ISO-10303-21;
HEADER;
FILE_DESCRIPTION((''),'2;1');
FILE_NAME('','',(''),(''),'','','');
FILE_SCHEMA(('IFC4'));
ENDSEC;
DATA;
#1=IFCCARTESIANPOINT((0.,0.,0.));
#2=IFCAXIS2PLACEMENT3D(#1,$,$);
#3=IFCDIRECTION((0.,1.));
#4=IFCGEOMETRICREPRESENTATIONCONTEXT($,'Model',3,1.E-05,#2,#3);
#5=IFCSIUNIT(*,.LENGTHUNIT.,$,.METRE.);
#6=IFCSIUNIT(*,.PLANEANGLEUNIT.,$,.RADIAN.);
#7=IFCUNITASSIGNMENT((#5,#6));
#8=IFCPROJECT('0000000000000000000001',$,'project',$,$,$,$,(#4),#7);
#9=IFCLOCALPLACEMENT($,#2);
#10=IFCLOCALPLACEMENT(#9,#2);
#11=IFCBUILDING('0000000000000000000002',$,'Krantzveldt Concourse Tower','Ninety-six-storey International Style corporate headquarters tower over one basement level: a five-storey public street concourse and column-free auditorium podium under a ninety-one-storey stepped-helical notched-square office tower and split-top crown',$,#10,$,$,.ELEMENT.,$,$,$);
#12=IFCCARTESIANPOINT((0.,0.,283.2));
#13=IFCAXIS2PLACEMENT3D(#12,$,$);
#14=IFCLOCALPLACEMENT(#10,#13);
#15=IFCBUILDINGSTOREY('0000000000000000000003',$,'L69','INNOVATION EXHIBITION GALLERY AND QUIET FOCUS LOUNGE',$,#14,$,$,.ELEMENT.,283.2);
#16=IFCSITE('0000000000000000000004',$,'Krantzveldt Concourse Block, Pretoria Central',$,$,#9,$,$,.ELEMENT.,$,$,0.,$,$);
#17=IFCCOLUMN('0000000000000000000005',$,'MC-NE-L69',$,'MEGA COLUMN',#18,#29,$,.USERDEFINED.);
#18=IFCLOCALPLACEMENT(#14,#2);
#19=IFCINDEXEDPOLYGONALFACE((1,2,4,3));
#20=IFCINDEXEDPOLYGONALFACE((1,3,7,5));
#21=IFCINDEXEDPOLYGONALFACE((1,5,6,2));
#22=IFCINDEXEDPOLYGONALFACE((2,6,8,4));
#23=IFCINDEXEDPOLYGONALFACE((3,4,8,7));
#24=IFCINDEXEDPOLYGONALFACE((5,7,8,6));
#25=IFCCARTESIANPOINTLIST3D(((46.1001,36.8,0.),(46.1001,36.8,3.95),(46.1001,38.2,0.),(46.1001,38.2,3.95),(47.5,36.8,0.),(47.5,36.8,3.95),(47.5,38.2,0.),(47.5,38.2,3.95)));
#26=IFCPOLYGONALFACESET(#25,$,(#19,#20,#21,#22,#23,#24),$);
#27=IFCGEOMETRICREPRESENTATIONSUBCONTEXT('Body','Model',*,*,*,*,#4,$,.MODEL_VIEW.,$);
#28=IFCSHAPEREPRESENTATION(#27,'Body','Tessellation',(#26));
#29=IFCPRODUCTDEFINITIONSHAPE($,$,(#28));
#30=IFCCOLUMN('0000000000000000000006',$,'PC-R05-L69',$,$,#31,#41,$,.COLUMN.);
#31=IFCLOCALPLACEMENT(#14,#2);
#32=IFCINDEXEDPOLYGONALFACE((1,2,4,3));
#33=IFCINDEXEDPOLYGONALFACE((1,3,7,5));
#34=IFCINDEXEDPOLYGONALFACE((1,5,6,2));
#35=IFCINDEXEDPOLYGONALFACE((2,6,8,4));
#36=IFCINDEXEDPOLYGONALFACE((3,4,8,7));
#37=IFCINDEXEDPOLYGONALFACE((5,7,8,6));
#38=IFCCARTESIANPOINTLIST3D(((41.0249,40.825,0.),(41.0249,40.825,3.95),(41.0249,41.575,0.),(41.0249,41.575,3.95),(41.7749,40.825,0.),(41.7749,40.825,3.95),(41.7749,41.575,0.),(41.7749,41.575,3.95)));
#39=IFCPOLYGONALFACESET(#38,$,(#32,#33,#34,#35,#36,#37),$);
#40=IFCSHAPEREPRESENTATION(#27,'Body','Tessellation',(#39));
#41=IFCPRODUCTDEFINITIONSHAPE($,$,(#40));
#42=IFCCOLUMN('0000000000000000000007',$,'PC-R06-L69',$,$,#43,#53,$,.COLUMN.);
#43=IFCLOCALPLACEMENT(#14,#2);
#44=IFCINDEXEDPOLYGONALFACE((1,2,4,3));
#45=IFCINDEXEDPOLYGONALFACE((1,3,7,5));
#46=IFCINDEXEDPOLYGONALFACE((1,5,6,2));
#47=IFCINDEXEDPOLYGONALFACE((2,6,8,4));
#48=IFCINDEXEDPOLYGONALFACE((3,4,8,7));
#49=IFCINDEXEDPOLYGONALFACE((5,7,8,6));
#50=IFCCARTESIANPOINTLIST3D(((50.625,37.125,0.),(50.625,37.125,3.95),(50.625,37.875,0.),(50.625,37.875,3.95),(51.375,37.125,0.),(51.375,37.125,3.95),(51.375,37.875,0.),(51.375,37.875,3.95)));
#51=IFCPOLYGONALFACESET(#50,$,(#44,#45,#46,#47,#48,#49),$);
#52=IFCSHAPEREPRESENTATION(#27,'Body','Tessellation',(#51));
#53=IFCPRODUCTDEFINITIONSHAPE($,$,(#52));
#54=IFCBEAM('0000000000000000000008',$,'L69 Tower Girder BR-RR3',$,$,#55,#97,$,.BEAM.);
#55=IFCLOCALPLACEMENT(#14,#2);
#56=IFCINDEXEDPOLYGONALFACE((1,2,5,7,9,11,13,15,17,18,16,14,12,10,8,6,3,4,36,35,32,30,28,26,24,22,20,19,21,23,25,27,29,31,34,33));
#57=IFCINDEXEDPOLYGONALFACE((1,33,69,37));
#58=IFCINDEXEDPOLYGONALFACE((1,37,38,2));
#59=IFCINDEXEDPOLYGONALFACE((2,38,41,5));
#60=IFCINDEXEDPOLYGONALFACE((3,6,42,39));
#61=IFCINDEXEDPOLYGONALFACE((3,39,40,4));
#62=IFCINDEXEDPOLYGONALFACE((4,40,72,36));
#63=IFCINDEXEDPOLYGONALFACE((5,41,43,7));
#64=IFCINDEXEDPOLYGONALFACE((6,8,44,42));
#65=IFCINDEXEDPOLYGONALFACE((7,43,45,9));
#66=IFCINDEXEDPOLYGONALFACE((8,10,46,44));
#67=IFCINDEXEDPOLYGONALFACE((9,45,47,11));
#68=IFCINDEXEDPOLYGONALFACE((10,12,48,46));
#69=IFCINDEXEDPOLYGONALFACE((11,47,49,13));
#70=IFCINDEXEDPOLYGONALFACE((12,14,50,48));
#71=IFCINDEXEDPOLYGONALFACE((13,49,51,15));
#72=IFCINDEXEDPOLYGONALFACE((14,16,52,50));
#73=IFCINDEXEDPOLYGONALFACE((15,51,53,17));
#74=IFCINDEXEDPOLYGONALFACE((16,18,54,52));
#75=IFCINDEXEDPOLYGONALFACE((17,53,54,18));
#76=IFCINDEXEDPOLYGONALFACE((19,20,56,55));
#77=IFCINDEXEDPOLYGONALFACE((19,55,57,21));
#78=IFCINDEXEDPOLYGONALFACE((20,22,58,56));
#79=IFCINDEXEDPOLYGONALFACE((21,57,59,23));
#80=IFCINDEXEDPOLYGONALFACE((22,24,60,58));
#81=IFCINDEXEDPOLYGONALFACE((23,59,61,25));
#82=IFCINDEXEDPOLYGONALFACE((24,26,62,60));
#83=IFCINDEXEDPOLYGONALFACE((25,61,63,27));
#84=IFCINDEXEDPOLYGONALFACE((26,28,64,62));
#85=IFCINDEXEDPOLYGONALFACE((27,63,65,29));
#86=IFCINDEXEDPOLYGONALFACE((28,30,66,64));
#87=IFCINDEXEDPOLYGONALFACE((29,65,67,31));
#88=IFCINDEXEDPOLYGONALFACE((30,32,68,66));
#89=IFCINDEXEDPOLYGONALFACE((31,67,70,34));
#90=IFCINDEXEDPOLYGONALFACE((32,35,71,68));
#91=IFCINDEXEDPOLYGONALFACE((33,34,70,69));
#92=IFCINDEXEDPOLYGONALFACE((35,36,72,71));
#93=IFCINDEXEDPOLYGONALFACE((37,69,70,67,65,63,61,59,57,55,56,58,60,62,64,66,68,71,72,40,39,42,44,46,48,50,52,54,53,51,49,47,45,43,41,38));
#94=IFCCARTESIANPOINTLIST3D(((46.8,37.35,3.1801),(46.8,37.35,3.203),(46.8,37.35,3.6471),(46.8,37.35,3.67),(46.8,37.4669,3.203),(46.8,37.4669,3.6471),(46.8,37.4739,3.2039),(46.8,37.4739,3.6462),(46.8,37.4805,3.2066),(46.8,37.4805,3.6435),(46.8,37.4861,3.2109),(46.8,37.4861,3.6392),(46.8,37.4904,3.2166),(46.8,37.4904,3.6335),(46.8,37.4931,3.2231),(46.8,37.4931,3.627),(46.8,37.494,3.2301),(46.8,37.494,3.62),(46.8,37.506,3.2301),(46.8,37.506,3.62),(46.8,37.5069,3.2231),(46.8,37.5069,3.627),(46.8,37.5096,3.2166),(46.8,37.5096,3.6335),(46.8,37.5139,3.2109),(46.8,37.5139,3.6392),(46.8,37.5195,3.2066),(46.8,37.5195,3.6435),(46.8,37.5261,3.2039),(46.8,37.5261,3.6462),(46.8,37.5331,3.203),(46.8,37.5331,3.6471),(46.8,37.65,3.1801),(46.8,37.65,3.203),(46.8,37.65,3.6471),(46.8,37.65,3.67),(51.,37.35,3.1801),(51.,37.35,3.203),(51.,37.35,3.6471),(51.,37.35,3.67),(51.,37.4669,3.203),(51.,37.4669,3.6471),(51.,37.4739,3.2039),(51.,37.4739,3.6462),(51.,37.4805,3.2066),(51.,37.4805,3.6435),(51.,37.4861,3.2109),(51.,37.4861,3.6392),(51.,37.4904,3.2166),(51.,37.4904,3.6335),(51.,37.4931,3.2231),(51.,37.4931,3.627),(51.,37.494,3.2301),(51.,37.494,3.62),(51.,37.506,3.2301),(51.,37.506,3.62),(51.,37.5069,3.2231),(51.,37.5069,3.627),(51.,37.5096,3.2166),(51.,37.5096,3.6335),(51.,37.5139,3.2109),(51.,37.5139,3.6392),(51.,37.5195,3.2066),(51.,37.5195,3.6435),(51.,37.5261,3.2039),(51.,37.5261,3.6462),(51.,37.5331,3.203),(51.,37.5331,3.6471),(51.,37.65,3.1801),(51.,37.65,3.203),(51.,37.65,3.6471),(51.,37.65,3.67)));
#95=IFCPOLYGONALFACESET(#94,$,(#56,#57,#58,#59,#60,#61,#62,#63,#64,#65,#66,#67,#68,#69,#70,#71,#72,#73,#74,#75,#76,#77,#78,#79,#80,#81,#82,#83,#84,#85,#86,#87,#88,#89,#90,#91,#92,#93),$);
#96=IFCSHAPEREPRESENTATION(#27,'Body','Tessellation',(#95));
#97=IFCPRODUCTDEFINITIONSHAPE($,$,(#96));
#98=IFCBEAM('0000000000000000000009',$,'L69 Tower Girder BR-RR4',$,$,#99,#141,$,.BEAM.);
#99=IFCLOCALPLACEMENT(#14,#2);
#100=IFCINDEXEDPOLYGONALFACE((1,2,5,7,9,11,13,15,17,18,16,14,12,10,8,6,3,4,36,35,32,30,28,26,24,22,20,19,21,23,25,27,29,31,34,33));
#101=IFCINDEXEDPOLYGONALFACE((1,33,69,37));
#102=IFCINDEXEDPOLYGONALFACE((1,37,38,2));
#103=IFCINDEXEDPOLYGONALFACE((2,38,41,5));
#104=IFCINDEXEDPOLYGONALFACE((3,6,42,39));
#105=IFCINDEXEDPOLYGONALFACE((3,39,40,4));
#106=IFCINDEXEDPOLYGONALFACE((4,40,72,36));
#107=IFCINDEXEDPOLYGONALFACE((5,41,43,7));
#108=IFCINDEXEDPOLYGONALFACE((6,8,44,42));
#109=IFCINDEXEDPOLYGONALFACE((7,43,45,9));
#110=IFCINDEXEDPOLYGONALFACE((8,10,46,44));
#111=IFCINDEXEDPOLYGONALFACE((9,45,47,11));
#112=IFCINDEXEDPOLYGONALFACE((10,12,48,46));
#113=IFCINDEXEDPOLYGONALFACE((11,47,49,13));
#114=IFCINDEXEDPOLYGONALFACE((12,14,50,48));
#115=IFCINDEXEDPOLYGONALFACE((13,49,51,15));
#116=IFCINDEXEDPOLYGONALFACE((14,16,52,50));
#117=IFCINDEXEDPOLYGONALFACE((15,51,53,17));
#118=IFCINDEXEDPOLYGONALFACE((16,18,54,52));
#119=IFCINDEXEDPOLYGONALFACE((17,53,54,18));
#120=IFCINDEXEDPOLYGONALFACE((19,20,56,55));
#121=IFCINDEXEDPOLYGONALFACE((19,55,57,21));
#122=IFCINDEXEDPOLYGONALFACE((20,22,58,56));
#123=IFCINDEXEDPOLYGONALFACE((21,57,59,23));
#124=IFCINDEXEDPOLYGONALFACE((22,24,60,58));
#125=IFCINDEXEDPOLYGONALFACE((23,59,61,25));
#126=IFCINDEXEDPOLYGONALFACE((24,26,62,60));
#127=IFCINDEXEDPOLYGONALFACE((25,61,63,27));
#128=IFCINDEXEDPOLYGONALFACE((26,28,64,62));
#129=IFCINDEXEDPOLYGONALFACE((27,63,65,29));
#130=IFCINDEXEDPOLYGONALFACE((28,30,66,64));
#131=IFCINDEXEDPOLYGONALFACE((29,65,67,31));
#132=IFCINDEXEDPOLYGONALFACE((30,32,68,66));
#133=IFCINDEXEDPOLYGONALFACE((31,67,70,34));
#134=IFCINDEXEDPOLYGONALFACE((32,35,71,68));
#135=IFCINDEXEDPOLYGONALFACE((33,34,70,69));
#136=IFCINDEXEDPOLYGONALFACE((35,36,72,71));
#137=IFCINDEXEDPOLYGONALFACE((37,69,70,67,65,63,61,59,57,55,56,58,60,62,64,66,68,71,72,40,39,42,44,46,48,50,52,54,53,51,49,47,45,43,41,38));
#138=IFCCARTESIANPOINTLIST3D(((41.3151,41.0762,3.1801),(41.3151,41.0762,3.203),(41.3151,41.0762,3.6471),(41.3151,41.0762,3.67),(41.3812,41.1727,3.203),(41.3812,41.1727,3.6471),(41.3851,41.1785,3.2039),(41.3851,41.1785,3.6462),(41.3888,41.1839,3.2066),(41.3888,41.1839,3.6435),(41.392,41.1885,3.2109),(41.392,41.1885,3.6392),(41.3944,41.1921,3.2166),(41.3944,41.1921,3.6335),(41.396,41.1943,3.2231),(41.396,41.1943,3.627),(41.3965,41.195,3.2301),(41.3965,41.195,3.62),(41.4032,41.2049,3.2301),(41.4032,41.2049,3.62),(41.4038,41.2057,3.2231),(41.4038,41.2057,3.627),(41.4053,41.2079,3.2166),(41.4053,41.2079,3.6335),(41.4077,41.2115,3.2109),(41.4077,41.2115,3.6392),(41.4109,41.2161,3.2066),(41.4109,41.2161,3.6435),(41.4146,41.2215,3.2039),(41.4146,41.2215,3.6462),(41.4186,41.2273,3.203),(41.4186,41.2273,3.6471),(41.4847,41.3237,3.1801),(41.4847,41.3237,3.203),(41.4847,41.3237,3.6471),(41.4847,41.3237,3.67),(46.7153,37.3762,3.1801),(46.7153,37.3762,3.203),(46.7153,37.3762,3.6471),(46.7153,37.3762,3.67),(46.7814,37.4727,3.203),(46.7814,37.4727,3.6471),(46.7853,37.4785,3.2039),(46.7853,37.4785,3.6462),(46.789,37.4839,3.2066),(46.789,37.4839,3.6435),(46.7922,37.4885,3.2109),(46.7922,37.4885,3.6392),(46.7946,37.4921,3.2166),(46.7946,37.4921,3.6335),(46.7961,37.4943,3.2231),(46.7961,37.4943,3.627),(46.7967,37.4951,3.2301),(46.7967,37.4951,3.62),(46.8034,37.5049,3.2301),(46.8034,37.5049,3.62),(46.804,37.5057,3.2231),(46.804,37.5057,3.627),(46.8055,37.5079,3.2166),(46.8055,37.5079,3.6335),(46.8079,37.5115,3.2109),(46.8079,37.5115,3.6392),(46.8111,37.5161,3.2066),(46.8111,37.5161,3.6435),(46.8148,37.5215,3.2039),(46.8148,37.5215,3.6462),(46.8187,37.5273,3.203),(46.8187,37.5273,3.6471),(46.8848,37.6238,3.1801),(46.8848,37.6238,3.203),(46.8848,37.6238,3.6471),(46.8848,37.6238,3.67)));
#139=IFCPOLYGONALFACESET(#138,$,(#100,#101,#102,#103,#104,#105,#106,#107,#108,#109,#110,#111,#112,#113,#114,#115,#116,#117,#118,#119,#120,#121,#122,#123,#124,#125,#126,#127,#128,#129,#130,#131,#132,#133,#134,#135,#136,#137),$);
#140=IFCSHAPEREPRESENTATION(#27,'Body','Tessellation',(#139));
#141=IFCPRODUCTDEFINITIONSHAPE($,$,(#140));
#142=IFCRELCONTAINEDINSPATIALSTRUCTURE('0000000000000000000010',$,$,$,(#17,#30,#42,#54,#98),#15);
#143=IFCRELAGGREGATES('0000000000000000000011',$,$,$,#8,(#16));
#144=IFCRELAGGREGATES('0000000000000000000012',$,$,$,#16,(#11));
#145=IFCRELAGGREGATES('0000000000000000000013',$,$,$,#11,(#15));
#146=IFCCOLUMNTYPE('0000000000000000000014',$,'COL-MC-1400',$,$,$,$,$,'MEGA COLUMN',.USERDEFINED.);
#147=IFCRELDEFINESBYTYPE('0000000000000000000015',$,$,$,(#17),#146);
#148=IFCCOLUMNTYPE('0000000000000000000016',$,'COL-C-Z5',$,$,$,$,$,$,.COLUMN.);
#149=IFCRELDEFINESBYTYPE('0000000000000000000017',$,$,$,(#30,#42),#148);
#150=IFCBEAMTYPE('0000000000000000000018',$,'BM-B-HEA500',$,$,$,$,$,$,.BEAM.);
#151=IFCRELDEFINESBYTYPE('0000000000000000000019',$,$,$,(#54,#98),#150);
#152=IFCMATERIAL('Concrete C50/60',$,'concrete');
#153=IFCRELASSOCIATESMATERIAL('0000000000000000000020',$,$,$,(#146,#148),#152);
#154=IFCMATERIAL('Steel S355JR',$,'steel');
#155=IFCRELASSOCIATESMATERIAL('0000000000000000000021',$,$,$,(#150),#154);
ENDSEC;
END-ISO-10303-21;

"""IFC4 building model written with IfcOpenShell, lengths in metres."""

from ifc_helpers import new_model, si_unit, direction, frame, origin, origin_2d, place, context, subcontext, project, spatial, rectangle, i_section, extrude, source, transform, mapped, material, material_profile, profile_set, type_object, type_shapes, element, save


model = new_model("IFC4")

# Units and contexts
model_context = context("Model", 3, precision=1e-05, world=origin(), true_north=direction((0.0, 1.0)))
body_context = subcontext(model_context, "Body", "Model", "MODEL_VIEW")
ifc_project = project(units=[si_unit("LENGTHUNIT", "METRE"), si_unit("PLANEANGLEUNIT", "RADIAN")], contexts=[model_context])

# Site, building, storey
site_placement = place(None, origin())
site = spatial("IfcSite", under=ifc_project, at=site_placement, Name="Krantzveldt Concourse Block, Pretoria Central", CompositionType="ELEMENT", RefElevation=0.0)
building_placement = place(site_placement, origin())
building = spatial("IfcBuilding", under=site, at=building_placement, Name="Krantzveldt Concourse Tower", Description="Ninety-six-storey International Style corporate headquarters tower over one basement level: a five-storey public street concourse and column-free auditorium podium under a ninety-one-storey stepped-helical notched-square office tower and split-top crown", CompositionType="ELEMENT")
storey_placement = place(building_placement, frame((0.0, 0.0, 283.2)))
storey = spatial("IfcBuildingStorey", under=building, at=storey_placement, Name="L69", Description="INNOVATION EXHIBITION GALLERY AND QUIET FOCUS LOUNGE", CompositionType="ELEMENT", Elevation=283.2)

# Columns
ifc_material_1 = material(Name="Concrete C50/60", Category="concrete")
ifc_material_profile_1 = material_profile(ifc_material_1, rectangle(XDim=1.3999, YDim=1.3999, at=origin_2d()), Name="Concrete C50/60", Category="concrete")
ifc_profile_set_1 = profile_set([ifc_material_profile_1], Name="Concrete C50/60 - RC 1400x1400")
column_type_1 = type_object("IfcColumnType", Name="COL-MC-1400", ElementType="MEGA COLUMN", PredefinedType="USERDEFINED", material=ifc_profile_set_1)
shared_shape_1 = source(origin(), body_context, "Body", "SweptSolid", [
    extrude(rectangle(XDim=1.3999, YDim=1.3999, at=origin_2d()), origin(), (0.0, 0.0, 1.0), 3.95),
])
type_shapes(column_type_1, [shared_shape_1])
column_placement = place(storey_placement, frame((46.8, 37.5, 0.0), z_axis=(0.0, 0.0, 1.0), x_axis=(1.0, 0.0, 0.0)))
element("IfcColumn", 1, at=column_placement, inside=storey, type_object=column_type_1, Name="MC-NE-L69", ObjectType="MEGA COLUMN", PredefinedType="USERDEFINED", context=body_context, shape_type="MappedRepresentation", body=[
    mapped(shared_shape_1, transform((0.0, 0.0, 0.0), x_axis=(1.0, 0.0, 0.0), y_axis=(0.0, 1.0, 0.0), z_axis=(0.0, 0.0, 1.0), scale=1.0)),
])
ifc_material_profile_2 = material_profile(ifc_material_1, rectangle(XDim=0.75, YDim=0.75, at=origin_2d()), Name="Concrete C50/60", Category="concrete")
ifc_profile_set_2 = profile_set([ifc_material_profile_2], Name="Concrete C50/60 - RC 750x750")
column_type_2 = type_object("IfcColumnType", Name="COL-C-Z5", PredefinedType="COLUMN", material=ifc_profile_set_2)
shared_shape_2 = source(origin(), body_context, "Body", "SweptSolid", [
    extrude(rectangle(XDim=0.75, YDim=0.75, at=origin_2d()), origin(), (0.0, 0.0, 1.0), 3.95),
])
type_shapes(column_type_2, [shared_shape_2])
for number, where, z_axis, x_axis, name in (
    (2, (41.3999, 41.2, 0.0), (0.0, 0.0, 1.0), (1.0, 0.0, 0.0), "PC-R05-L69"),
    (3, (51.0, 37.5, 0.0), (0.0, 0.0, 1.0), (1.0, 0.0, 0.0), "PC-R06-L69"),
):
    element("IfcColumn", number, at=place(storey_placement, frame(where, z_axis=z_axis, x_axis=x_axis)), inside=storey, type_object=column_type_2, Name=name, PredefinedType="COLUMN", context=body_context, shape_type="MappedRepresentation", body=[
        mapped(shared_shape_2, transform((0.0, 0.0, 0.0), x_axis=(1.0, 0.0, 0.0), y_axis=(0.0, 1.0, 0.0), z_axis=(0.0, 0.0, 1.0), scale=1.0)),
    ])

# Beams
ifc_material_2 = material(Name="Steel S355JR", Category="steel")
ifc_material_profile_3 = material_profile(ifc_material_2, i_section(OverallWidth=0.3, OverallDepth=0.49, WebThickness=0.012, FlangeThickness=0.0229, FilletRadius=0.0271, at=origin_2d()), Name="Steel S355JR", Category="steel")
ifc_profile_set_3 = profile_set([ifc_material_profile_3], Name="Steel S355JR - HEA 500")
beam_type_1 = type_object("IfcBeamType", Name="BM-B-HEA500", PredefinedType="BEAM", material=ifc_profile_set_3)
shared_shape_3 = source(origin(), body_context, "Body", "SweptSolid", [
    extrude(i_section(OverallWidth=0.3, OverallDepth=0.49, WebThickness=0.012, FlangeThickness=0.0229, FilletRadius=0.0271, at=origin_2d()), origin(), (0.0, 0.0, 1.0), 4.2),
])
beam_1_placement = place(storey_placement, frame((46.8, 37.5, 3.425), z_axis=(1.0, 0.0, 0.0), x_axis=(0.0, 1.0, 0.0)))
element("IfcBeam", 4, at=beam_1_placement, inside=storey, type_object=beam_type_1, Name="L69 Tower Girder BR-RR3", PredefinedType="BEAM", context=body_context, shape_type="MappedRepresentation", body=[
    mapped(shared_shape_3, transform((0.0, 0.0, 0.0), x_axis=(1.0, 0.0, 0.0), y_axis=(0.0, 1.0, 0.0), z_axis=(0.0, 0.0, 1.0), scale=1.0)),
])
shared_shape_4 = source(origin(), body_context, "Body", "SweptSolid", [
    extrude(i_section(OverallWidth=0.3, OverallDepth=0.49, WebThickness=0.012, FlangeThickness=0.0229, FilletRadius=0.0271, at=origin_2d()), origin(), (0.0, 0.0, 1.0), 6.5461),
])
type_shapes(beam_type_1, [shared_shape_3, shared_shape_4])
beam_2_placement = place(storey_placement, frame((46.8, 37.5, 3.425), z_axis=(-0.824943, 0.565216, 0.0), x_axis=(-0.565216, -0.824943, 0.0)))
element("IfcBeam", 5, at=beam_2_placement, inside=storey, type_object=beam_type_1, Name="L69 Tower Girder BR-RR4", PredefinedType="BEAM", context=body_context, shape_type="MappedRepresentation", body=[
    mapped(shared_shape_4, transform((0.0, 0.0, 0.0), x_axis=(1.0, 0.0, 0.0), y_axis=(0.0, 1.0, 0.0), z_axis=(0.0, 0.0, 1.0), scale=1.0)),
])

save(model, "model.ifc")
